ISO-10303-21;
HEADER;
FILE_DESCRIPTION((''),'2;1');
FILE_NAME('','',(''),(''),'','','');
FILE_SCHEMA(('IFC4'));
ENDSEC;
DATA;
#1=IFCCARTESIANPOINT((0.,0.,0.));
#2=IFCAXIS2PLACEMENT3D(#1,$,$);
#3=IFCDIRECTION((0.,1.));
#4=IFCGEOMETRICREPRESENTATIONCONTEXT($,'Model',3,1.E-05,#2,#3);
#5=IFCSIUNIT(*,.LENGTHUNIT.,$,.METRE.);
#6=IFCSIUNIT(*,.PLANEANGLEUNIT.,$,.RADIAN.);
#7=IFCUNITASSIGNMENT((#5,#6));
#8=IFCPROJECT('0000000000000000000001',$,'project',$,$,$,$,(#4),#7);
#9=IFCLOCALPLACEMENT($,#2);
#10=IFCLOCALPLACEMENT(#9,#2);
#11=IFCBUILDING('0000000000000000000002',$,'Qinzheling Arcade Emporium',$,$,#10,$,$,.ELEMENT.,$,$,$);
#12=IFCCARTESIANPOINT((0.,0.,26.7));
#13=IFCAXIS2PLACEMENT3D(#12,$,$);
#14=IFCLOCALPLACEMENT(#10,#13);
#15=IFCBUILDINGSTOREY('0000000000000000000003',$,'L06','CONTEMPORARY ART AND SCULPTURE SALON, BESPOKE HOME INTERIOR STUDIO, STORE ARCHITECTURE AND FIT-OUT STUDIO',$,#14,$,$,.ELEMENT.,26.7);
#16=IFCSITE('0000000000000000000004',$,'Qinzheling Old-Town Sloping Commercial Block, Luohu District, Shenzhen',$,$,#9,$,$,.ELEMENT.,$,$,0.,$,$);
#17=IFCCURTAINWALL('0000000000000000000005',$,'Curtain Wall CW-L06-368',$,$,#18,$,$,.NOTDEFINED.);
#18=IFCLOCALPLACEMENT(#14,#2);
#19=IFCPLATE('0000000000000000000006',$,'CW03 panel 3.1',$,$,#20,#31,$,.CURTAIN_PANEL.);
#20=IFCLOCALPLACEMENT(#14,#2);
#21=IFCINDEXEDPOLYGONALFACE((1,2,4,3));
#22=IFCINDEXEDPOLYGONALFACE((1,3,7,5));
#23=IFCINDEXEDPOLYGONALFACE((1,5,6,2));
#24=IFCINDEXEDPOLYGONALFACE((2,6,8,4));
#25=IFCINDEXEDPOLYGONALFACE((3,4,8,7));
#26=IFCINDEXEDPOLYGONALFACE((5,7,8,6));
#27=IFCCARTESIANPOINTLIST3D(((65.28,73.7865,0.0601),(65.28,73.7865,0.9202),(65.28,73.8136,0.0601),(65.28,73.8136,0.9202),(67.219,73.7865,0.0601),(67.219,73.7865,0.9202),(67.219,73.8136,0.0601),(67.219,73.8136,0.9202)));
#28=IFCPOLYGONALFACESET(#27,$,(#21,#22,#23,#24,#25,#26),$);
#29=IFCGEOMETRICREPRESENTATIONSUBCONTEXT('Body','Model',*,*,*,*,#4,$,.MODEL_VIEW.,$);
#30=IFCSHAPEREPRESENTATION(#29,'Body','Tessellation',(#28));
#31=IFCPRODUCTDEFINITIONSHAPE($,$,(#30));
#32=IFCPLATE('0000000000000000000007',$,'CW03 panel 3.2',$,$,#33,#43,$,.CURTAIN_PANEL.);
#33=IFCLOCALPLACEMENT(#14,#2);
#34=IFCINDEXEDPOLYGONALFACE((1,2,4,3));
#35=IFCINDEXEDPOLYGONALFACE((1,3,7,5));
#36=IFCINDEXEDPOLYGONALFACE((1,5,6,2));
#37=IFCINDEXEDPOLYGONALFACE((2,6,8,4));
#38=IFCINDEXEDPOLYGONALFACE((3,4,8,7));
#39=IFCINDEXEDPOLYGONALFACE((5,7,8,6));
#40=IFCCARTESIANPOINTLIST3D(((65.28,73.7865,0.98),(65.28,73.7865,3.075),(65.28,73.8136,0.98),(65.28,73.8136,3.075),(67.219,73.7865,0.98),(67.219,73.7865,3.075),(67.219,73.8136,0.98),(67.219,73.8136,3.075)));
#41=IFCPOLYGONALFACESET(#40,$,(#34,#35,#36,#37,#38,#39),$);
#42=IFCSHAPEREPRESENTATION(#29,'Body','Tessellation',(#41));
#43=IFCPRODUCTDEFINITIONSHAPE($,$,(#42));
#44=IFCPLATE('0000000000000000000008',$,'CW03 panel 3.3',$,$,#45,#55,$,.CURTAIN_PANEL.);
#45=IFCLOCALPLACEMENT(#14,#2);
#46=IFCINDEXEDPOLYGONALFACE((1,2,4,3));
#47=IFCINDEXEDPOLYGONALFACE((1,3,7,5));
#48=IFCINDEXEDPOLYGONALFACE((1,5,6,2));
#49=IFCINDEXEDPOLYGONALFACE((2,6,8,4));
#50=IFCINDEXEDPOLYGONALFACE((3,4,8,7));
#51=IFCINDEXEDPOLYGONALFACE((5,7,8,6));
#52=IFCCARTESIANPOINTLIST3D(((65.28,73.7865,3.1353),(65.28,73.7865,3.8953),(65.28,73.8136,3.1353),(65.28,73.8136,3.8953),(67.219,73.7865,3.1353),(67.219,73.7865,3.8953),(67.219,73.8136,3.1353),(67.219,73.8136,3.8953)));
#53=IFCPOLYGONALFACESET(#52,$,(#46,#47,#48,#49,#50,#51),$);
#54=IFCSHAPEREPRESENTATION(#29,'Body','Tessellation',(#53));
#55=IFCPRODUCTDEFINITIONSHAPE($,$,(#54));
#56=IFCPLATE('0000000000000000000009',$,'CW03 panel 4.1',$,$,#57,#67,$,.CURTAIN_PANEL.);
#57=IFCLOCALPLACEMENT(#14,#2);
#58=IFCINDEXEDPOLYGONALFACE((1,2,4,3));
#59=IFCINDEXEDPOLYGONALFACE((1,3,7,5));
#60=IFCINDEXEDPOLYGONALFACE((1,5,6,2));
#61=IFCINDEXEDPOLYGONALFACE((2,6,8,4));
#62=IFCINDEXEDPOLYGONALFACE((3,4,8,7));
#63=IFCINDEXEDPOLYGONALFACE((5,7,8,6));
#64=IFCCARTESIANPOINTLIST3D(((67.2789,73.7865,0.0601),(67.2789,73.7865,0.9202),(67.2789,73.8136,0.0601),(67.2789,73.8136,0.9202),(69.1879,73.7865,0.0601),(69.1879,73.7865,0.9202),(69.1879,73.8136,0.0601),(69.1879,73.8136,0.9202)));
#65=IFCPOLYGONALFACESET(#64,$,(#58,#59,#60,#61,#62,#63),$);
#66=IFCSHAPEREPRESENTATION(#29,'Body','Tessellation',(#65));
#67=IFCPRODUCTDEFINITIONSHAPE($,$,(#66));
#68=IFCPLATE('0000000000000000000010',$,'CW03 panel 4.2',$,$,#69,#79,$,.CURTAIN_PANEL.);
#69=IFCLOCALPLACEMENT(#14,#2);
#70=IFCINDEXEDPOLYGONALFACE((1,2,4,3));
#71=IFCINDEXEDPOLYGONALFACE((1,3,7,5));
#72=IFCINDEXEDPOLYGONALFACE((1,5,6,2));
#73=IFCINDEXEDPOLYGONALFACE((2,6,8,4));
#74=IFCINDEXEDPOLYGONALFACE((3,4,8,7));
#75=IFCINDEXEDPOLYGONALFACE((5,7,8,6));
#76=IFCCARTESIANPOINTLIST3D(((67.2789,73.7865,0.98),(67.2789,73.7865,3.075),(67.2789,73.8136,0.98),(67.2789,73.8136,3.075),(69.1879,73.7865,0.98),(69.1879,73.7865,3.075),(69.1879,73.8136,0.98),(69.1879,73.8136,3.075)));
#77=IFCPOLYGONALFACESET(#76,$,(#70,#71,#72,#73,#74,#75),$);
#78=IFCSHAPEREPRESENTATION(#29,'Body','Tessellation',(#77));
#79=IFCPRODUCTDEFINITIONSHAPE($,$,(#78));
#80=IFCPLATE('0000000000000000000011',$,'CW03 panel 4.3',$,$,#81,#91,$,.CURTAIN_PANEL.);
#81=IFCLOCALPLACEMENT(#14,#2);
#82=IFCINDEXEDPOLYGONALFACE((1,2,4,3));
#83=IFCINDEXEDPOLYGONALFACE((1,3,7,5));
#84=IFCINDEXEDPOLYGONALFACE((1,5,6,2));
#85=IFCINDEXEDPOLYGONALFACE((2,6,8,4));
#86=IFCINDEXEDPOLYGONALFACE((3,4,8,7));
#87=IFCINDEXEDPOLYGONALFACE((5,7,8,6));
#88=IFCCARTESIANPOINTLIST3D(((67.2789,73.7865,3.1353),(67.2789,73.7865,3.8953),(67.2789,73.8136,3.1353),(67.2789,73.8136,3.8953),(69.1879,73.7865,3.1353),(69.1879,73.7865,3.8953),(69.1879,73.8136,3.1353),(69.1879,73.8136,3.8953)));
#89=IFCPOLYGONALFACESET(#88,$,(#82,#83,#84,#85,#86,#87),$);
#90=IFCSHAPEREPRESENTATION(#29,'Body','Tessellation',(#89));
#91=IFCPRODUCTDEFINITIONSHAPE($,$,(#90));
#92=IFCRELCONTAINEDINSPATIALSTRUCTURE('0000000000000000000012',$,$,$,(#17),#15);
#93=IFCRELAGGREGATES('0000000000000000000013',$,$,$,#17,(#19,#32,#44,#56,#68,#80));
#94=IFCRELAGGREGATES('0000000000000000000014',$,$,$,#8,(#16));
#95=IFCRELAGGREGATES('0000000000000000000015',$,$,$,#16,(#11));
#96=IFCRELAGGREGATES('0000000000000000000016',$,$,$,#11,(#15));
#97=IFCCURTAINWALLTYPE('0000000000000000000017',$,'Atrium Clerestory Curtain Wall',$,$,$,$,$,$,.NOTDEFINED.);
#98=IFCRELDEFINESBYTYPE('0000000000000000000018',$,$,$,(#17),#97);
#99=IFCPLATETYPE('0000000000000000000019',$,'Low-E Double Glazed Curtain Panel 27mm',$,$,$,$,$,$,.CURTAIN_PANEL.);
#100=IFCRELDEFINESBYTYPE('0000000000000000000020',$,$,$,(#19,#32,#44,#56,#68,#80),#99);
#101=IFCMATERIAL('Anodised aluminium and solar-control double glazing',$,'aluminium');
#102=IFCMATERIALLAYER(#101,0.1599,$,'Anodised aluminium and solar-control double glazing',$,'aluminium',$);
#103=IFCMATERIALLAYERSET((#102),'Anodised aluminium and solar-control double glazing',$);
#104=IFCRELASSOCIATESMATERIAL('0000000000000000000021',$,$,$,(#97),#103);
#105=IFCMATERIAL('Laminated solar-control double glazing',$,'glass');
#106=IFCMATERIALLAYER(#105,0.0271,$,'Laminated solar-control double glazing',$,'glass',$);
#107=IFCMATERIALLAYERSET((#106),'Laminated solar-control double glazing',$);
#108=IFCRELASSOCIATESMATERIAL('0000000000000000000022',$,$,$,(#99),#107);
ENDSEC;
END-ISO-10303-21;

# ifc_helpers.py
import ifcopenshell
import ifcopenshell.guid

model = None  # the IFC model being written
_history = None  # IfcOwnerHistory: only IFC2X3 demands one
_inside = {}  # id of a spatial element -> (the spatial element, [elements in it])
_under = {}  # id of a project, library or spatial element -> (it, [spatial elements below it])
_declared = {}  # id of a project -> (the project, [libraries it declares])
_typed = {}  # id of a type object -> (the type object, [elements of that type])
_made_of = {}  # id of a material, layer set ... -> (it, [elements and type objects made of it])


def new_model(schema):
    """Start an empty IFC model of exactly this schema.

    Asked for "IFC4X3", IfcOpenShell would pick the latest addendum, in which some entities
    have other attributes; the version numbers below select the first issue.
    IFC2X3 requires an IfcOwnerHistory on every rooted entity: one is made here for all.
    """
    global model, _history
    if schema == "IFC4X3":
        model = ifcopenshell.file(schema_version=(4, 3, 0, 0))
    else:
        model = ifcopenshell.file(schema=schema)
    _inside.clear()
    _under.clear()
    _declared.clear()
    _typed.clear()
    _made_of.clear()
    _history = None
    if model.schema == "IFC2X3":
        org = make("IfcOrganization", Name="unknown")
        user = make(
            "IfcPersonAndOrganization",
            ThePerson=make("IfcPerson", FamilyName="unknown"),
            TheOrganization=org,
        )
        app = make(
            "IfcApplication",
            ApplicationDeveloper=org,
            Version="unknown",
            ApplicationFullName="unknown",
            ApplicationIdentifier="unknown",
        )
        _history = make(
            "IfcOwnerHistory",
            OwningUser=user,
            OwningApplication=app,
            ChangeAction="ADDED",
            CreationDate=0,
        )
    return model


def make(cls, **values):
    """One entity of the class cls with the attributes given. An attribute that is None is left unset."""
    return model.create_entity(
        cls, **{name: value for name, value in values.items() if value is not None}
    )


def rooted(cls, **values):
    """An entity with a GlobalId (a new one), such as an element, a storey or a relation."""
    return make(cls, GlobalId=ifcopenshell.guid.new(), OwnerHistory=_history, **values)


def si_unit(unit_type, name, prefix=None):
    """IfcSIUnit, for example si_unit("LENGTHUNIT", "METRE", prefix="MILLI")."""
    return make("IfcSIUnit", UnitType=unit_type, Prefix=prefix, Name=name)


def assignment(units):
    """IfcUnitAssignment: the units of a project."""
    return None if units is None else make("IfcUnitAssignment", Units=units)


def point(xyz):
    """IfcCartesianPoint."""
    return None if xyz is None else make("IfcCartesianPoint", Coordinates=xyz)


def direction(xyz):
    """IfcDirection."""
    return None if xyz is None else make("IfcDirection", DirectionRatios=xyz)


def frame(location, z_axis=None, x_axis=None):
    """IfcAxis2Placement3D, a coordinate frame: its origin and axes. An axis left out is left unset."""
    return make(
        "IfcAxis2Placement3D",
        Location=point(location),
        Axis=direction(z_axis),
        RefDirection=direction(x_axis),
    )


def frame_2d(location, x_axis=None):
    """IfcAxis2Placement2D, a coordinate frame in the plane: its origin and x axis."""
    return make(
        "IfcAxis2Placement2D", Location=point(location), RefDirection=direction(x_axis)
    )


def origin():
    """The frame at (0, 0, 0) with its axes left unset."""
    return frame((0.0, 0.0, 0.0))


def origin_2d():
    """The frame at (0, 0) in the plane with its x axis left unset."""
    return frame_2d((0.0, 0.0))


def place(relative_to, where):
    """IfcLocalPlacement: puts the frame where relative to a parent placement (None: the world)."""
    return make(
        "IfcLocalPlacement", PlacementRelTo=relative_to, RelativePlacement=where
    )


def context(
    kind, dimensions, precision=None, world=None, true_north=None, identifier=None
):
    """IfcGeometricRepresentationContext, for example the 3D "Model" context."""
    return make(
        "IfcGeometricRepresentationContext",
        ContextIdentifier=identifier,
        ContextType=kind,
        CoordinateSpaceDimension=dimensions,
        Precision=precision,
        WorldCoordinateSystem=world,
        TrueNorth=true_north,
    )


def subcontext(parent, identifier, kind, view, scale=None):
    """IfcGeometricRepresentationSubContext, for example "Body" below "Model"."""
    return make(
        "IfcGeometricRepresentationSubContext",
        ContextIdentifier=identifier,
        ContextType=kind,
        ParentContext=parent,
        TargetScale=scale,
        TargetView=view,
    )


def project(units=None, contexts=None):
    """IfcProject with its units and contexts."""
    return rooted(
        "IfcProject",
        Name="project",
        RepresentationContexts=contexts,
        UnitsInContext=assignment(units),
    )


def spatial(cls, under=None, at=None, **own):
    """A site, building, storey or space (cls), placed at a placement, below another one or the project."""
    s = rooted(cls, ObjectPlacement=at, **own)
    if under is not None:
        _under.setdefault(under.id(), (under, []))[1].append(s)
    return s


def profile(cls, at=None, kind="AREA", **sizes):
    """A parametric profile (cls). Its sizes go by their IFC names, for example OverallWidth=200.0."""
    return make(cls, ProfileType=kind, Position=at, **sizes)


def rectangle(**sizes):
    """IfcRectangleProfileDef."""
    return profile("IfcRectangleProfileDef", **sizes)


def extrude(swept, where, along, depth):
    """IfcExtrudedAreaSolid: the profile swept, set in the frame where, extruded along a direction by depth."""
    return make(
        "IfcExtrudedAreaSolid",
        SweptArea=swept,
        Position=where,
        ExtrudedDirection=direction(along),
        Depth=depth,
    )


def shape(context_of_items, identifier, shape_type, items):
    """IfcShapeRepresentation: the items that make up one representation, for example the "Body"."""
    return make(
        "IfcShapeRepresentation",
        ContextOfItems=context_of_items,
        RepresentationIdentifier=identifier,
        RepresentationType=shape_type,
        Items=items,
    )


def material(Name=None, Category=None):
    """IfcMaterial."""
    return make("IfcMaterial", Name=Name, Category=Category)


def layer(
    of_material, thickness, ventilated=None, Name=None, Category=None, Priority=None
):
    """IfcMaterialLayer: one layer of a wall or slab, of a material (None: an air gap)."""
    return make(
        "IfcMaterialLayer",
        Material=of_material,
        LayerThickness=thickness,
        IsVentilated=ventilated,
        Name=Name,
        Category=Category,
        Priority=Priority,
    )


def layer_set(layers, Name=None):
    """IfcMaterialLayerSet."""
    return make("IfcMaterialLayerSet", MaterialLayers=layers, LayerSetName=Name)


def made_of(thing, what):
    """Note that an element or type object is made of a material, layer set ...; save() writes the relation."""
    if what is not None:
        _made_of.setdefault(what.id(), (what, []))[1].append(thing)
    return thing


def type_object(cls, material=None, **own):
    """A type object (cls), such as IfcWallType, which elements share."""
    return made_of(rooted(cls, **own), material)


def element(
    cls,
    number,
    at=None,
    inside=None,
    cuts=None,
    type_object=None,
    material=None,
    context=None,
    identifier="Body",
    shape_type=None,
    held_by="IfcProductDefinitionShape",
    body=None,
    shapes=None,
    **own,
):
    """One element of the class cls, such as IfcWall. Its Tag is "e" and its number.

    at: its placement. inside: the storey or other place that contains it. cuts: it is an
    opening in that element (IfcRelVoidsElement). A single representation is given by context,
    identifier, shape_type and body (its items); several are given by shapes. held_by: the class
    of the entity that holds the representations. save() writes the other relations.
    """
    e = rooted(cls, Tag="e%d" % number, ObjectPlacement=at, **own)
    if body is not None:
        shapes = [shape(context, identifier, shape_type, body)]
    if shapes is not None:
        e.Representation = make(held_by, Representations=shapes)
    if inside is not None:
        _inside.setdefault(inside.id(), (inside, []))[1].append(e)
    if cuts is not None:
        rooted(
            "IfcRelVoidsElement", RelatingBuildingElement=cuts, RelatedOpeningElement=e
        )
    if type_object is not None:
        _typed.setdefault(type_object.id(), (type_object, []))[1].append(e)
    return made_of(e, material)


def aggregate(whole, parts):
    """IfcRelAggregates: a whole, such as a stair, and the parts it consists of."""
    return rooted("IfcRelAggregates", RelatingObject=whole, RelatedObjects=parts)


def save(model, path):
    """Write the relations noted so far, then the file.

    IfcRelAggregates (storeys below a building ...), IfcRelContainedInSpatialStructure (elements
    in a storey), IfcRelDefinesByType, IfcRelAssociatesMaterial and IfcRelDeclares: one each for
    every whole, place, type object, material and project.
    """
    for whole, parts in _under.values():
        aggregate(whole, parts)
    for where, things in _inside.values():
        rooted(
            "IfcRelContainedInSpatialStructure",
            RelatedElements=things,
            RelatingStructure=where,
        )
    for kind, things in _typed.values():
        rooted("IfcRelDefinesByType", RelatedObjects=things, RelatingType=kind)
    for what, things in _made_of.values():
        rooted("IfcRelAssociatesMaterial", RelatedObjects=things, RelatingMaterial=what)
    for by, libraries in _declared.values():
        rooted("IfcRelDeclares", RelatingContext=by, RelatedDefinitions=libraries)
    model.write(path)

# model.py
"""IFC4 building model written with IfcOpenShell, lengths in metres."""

from ifc_helpers import new_model, si_unit, direction, frame, origin, origin_2d, place, context, subcontext, project, spatial, rectangle, extrude, material, layer, layer_set, type_object, element, aggregate, save


model = new_model("IFC4")

# Units and contexts
model_context = context("Model", 3, precision=1e-05, world=origin(), true_north=direction((0.0, 1.0)))
body_context = subcontext(model_context, "Body", "Model", "MODEL_VIEW")
ifc_project = project(units=[si_unit("LENGTHUNIT", "METRE"), si_unit("PLANEANGLEUNIT", "RADIAN")], contexts=[model_context])

# Site, building, storey
site_placement = place(None, origin())
site = spatial("IfcSite", under=ifc_project, at=site_placement, Name="Qinzheling Old-Town Sloping Commercial Block, Luohu District, Shenzhen", CompositionType="ELEMENT", RefElevation=0.0)
building_placement = place(site_placement, origin())
building = spatial("IfcBuilding", under=site, at=building_placement, Name="Qinzheling Arcade Emporium", CompositionType="ELEMENT")
storey_placement = place(building_placement, frame((0.0, 0.0, 26.7)))
storey = spatial("IfcBuildingStorey", under=building, at=storey_placement, Name="L06", Description="CONTEMPORARY ART AND SCULPTURE SALON, BESPOKE HOME INTERIOR STUDIO, STORE ARCHITECTURE AND FIT-OUT STUDIO", CompositionType="ELEMENT", Elevation=26.7)

# Curtain wall, plates
ifc_material_1 = material(Name="Anodised aluminium and solar-control double glazing", Category="aluminium")
ifc_layer_1 = layer(ifc_material_1, 0.1599, Name="Anodised aluminium and solar-control double glazing", Category="aluminium")
ifc_layer_set_1 = layer_set([ifc_layer_1], Name="Anodised aluminium and solar-control double glazing")
curtain_wall_type = type_object("IfcCurtainWallType", Name="Atrium Clerestory Curtain Wall", PredefinedType="NOTDEFINED", material=ifc_layer_set_1)
curtain_wall_placement = place(storey_placement, origin())
curtain_wall = element("IfcCurtainWall", 1, at=curtain_wall_placement, inside=storey, type_object=curtain_wall_type, Name="Curtain Wall CW-L06-368", PredefinedType="NOTDEFINED")
ifc_material_2 = material(Name="Laminated solar-control double glazing", Category="glass")
ifc_layer_2 = layer(ifc_material_2, 0.0271, Name="Laminated solar-control double glazing", Category="glass")
ifc_layer_set_2 = layer_set([ifc_layer_2], Name="Laminated solar-control double glazing")
plate_type = type_object("IfcPlateType", Name="Low-E Double Glazed Curtain Panel 27mm", PredefinedType="CURTAIN_PANEL", material=ifc_layer_set_2)
plate_1_placement = place(storey_placement, frame((66.2495, 73.8, 0.0601), z_axis=(0.0, 0.0, 1.0), x_axis=(1.0, 0.0, 0.0)))
plate_1 = element("IfcPlate", 2, at=plate_1_placement, type_object=plate_type, Name="CW03 panel 3.1", PredefinedType="CURTAIN_PANEL", context=body_context, shape_type="SweptSolid", body=[
    extrude(rectangle(XDim=1.939, YDim=0.0271, at=origin_2d()), origin(), (0.0, 0.0, 1.0), 0.8601),
])
plate_2_placement = place(storey_placement, frame((66.2495, 73.8, 0.98), z_axis=(0.0, 0.0, 1.0), x_axis=(1.0, 0.0, 0.0)))
plate_2 = element("IfcPlate", 3, at=plate_2_placement, type_object=plate_type, Name="CW03 panel 3.2", PredefinedType="CURTAIN_PANEL", context=body_context, shape_type="SweptSolid", body=[
    extrude(rectangle(XDim=1.939, YDim=0.0271, at=origin_2d()), origin(), (0.0, 0.0, 1.0), 2.095),
])
plate_3_placement = place(storey_placement, frame((66.2495, 73.8, 3.1353), z_axis=(0.0, 0.0, 1.0), x_axis=(1.0, 0.0, 0.0)))
plate_3 = element("IfcPlate", 4, at=plate_3_placement, type_object=plate_type, Name="CW03 panel 3.3", PredefinedType="CURTAIN_PANEL", context=body_context, shape_type="SweptSolid", body=[
    extrude(rectangle(XDim=1.939, YDim=0.0271, at=origin_2d()), origin(), (0.0, 0.0, 1.0), 0.76),
])
plate_4_placement = place(storey_placement, frame((68.2334, 73.8, 0.0601), z_axis=(0.0, 0.0, 1.0), x_axis=(1.0, 0.0, 0.0)))
plate_4 = element("IfcPlate", 5, at=plate_4_placement, type_object=plate_type, Name="CW03 panel 4.1", PredefinedType="CURTAIN_PANEL", context=body_context, shape_type="SweptSolid", body=[
    extrude(rectangle(XDim=1.9089, YDim=0.0271, at=origin_2d()), origin(), (0.0, 0.0, 1.0), 0.8601),
])
plate_5_placement = place(storey_placement, frame((68.2334, 73.8, 0.98), z_axis=(0.0, 0.0, 1.0), x_axis=(1.0, 0.0, 0.0)))
plate_5 = element("IfcPlate", 6, at=plate_5_placement, type_object=plate_type, Name="CW03 panel 4.2", PredefinedType="CURTAIN_PANEL", context=body_context, shape_type="SweptSolid", body=[
    extrude(rectangle(XDim=1.9089, YDim=0.0271, at=origin_2d()), origin(), (0.0, 0.0, 1.0), 2.095),
])
plate_6_placement = place(storey_placement, frame((68.2334, 73.8, 3.1353), z_axis=(0.0, 0.0, 1.0), x_axis=(1.0, 0.0, 0.0)))
plate_6 = element("IfcPlate", 7, at=plate_6_placement, type_object=plate_type, Name="CW03 panel 4.3", PredefinedType="CURTAIN_PANEL", context=body_context, shape_type="SweptSolid", body=[
    extrude(rectangle(XDim=1.9089, YDim=0.0271, at=origin_2d()), origin(), (0.0, 0.0, 1.0), 0.76),
])
aggregate(curtain_wall, [plate_1, plate_2, plate_3, plate_4, plate_5, plate_6])

save(model, "model.ifc")
